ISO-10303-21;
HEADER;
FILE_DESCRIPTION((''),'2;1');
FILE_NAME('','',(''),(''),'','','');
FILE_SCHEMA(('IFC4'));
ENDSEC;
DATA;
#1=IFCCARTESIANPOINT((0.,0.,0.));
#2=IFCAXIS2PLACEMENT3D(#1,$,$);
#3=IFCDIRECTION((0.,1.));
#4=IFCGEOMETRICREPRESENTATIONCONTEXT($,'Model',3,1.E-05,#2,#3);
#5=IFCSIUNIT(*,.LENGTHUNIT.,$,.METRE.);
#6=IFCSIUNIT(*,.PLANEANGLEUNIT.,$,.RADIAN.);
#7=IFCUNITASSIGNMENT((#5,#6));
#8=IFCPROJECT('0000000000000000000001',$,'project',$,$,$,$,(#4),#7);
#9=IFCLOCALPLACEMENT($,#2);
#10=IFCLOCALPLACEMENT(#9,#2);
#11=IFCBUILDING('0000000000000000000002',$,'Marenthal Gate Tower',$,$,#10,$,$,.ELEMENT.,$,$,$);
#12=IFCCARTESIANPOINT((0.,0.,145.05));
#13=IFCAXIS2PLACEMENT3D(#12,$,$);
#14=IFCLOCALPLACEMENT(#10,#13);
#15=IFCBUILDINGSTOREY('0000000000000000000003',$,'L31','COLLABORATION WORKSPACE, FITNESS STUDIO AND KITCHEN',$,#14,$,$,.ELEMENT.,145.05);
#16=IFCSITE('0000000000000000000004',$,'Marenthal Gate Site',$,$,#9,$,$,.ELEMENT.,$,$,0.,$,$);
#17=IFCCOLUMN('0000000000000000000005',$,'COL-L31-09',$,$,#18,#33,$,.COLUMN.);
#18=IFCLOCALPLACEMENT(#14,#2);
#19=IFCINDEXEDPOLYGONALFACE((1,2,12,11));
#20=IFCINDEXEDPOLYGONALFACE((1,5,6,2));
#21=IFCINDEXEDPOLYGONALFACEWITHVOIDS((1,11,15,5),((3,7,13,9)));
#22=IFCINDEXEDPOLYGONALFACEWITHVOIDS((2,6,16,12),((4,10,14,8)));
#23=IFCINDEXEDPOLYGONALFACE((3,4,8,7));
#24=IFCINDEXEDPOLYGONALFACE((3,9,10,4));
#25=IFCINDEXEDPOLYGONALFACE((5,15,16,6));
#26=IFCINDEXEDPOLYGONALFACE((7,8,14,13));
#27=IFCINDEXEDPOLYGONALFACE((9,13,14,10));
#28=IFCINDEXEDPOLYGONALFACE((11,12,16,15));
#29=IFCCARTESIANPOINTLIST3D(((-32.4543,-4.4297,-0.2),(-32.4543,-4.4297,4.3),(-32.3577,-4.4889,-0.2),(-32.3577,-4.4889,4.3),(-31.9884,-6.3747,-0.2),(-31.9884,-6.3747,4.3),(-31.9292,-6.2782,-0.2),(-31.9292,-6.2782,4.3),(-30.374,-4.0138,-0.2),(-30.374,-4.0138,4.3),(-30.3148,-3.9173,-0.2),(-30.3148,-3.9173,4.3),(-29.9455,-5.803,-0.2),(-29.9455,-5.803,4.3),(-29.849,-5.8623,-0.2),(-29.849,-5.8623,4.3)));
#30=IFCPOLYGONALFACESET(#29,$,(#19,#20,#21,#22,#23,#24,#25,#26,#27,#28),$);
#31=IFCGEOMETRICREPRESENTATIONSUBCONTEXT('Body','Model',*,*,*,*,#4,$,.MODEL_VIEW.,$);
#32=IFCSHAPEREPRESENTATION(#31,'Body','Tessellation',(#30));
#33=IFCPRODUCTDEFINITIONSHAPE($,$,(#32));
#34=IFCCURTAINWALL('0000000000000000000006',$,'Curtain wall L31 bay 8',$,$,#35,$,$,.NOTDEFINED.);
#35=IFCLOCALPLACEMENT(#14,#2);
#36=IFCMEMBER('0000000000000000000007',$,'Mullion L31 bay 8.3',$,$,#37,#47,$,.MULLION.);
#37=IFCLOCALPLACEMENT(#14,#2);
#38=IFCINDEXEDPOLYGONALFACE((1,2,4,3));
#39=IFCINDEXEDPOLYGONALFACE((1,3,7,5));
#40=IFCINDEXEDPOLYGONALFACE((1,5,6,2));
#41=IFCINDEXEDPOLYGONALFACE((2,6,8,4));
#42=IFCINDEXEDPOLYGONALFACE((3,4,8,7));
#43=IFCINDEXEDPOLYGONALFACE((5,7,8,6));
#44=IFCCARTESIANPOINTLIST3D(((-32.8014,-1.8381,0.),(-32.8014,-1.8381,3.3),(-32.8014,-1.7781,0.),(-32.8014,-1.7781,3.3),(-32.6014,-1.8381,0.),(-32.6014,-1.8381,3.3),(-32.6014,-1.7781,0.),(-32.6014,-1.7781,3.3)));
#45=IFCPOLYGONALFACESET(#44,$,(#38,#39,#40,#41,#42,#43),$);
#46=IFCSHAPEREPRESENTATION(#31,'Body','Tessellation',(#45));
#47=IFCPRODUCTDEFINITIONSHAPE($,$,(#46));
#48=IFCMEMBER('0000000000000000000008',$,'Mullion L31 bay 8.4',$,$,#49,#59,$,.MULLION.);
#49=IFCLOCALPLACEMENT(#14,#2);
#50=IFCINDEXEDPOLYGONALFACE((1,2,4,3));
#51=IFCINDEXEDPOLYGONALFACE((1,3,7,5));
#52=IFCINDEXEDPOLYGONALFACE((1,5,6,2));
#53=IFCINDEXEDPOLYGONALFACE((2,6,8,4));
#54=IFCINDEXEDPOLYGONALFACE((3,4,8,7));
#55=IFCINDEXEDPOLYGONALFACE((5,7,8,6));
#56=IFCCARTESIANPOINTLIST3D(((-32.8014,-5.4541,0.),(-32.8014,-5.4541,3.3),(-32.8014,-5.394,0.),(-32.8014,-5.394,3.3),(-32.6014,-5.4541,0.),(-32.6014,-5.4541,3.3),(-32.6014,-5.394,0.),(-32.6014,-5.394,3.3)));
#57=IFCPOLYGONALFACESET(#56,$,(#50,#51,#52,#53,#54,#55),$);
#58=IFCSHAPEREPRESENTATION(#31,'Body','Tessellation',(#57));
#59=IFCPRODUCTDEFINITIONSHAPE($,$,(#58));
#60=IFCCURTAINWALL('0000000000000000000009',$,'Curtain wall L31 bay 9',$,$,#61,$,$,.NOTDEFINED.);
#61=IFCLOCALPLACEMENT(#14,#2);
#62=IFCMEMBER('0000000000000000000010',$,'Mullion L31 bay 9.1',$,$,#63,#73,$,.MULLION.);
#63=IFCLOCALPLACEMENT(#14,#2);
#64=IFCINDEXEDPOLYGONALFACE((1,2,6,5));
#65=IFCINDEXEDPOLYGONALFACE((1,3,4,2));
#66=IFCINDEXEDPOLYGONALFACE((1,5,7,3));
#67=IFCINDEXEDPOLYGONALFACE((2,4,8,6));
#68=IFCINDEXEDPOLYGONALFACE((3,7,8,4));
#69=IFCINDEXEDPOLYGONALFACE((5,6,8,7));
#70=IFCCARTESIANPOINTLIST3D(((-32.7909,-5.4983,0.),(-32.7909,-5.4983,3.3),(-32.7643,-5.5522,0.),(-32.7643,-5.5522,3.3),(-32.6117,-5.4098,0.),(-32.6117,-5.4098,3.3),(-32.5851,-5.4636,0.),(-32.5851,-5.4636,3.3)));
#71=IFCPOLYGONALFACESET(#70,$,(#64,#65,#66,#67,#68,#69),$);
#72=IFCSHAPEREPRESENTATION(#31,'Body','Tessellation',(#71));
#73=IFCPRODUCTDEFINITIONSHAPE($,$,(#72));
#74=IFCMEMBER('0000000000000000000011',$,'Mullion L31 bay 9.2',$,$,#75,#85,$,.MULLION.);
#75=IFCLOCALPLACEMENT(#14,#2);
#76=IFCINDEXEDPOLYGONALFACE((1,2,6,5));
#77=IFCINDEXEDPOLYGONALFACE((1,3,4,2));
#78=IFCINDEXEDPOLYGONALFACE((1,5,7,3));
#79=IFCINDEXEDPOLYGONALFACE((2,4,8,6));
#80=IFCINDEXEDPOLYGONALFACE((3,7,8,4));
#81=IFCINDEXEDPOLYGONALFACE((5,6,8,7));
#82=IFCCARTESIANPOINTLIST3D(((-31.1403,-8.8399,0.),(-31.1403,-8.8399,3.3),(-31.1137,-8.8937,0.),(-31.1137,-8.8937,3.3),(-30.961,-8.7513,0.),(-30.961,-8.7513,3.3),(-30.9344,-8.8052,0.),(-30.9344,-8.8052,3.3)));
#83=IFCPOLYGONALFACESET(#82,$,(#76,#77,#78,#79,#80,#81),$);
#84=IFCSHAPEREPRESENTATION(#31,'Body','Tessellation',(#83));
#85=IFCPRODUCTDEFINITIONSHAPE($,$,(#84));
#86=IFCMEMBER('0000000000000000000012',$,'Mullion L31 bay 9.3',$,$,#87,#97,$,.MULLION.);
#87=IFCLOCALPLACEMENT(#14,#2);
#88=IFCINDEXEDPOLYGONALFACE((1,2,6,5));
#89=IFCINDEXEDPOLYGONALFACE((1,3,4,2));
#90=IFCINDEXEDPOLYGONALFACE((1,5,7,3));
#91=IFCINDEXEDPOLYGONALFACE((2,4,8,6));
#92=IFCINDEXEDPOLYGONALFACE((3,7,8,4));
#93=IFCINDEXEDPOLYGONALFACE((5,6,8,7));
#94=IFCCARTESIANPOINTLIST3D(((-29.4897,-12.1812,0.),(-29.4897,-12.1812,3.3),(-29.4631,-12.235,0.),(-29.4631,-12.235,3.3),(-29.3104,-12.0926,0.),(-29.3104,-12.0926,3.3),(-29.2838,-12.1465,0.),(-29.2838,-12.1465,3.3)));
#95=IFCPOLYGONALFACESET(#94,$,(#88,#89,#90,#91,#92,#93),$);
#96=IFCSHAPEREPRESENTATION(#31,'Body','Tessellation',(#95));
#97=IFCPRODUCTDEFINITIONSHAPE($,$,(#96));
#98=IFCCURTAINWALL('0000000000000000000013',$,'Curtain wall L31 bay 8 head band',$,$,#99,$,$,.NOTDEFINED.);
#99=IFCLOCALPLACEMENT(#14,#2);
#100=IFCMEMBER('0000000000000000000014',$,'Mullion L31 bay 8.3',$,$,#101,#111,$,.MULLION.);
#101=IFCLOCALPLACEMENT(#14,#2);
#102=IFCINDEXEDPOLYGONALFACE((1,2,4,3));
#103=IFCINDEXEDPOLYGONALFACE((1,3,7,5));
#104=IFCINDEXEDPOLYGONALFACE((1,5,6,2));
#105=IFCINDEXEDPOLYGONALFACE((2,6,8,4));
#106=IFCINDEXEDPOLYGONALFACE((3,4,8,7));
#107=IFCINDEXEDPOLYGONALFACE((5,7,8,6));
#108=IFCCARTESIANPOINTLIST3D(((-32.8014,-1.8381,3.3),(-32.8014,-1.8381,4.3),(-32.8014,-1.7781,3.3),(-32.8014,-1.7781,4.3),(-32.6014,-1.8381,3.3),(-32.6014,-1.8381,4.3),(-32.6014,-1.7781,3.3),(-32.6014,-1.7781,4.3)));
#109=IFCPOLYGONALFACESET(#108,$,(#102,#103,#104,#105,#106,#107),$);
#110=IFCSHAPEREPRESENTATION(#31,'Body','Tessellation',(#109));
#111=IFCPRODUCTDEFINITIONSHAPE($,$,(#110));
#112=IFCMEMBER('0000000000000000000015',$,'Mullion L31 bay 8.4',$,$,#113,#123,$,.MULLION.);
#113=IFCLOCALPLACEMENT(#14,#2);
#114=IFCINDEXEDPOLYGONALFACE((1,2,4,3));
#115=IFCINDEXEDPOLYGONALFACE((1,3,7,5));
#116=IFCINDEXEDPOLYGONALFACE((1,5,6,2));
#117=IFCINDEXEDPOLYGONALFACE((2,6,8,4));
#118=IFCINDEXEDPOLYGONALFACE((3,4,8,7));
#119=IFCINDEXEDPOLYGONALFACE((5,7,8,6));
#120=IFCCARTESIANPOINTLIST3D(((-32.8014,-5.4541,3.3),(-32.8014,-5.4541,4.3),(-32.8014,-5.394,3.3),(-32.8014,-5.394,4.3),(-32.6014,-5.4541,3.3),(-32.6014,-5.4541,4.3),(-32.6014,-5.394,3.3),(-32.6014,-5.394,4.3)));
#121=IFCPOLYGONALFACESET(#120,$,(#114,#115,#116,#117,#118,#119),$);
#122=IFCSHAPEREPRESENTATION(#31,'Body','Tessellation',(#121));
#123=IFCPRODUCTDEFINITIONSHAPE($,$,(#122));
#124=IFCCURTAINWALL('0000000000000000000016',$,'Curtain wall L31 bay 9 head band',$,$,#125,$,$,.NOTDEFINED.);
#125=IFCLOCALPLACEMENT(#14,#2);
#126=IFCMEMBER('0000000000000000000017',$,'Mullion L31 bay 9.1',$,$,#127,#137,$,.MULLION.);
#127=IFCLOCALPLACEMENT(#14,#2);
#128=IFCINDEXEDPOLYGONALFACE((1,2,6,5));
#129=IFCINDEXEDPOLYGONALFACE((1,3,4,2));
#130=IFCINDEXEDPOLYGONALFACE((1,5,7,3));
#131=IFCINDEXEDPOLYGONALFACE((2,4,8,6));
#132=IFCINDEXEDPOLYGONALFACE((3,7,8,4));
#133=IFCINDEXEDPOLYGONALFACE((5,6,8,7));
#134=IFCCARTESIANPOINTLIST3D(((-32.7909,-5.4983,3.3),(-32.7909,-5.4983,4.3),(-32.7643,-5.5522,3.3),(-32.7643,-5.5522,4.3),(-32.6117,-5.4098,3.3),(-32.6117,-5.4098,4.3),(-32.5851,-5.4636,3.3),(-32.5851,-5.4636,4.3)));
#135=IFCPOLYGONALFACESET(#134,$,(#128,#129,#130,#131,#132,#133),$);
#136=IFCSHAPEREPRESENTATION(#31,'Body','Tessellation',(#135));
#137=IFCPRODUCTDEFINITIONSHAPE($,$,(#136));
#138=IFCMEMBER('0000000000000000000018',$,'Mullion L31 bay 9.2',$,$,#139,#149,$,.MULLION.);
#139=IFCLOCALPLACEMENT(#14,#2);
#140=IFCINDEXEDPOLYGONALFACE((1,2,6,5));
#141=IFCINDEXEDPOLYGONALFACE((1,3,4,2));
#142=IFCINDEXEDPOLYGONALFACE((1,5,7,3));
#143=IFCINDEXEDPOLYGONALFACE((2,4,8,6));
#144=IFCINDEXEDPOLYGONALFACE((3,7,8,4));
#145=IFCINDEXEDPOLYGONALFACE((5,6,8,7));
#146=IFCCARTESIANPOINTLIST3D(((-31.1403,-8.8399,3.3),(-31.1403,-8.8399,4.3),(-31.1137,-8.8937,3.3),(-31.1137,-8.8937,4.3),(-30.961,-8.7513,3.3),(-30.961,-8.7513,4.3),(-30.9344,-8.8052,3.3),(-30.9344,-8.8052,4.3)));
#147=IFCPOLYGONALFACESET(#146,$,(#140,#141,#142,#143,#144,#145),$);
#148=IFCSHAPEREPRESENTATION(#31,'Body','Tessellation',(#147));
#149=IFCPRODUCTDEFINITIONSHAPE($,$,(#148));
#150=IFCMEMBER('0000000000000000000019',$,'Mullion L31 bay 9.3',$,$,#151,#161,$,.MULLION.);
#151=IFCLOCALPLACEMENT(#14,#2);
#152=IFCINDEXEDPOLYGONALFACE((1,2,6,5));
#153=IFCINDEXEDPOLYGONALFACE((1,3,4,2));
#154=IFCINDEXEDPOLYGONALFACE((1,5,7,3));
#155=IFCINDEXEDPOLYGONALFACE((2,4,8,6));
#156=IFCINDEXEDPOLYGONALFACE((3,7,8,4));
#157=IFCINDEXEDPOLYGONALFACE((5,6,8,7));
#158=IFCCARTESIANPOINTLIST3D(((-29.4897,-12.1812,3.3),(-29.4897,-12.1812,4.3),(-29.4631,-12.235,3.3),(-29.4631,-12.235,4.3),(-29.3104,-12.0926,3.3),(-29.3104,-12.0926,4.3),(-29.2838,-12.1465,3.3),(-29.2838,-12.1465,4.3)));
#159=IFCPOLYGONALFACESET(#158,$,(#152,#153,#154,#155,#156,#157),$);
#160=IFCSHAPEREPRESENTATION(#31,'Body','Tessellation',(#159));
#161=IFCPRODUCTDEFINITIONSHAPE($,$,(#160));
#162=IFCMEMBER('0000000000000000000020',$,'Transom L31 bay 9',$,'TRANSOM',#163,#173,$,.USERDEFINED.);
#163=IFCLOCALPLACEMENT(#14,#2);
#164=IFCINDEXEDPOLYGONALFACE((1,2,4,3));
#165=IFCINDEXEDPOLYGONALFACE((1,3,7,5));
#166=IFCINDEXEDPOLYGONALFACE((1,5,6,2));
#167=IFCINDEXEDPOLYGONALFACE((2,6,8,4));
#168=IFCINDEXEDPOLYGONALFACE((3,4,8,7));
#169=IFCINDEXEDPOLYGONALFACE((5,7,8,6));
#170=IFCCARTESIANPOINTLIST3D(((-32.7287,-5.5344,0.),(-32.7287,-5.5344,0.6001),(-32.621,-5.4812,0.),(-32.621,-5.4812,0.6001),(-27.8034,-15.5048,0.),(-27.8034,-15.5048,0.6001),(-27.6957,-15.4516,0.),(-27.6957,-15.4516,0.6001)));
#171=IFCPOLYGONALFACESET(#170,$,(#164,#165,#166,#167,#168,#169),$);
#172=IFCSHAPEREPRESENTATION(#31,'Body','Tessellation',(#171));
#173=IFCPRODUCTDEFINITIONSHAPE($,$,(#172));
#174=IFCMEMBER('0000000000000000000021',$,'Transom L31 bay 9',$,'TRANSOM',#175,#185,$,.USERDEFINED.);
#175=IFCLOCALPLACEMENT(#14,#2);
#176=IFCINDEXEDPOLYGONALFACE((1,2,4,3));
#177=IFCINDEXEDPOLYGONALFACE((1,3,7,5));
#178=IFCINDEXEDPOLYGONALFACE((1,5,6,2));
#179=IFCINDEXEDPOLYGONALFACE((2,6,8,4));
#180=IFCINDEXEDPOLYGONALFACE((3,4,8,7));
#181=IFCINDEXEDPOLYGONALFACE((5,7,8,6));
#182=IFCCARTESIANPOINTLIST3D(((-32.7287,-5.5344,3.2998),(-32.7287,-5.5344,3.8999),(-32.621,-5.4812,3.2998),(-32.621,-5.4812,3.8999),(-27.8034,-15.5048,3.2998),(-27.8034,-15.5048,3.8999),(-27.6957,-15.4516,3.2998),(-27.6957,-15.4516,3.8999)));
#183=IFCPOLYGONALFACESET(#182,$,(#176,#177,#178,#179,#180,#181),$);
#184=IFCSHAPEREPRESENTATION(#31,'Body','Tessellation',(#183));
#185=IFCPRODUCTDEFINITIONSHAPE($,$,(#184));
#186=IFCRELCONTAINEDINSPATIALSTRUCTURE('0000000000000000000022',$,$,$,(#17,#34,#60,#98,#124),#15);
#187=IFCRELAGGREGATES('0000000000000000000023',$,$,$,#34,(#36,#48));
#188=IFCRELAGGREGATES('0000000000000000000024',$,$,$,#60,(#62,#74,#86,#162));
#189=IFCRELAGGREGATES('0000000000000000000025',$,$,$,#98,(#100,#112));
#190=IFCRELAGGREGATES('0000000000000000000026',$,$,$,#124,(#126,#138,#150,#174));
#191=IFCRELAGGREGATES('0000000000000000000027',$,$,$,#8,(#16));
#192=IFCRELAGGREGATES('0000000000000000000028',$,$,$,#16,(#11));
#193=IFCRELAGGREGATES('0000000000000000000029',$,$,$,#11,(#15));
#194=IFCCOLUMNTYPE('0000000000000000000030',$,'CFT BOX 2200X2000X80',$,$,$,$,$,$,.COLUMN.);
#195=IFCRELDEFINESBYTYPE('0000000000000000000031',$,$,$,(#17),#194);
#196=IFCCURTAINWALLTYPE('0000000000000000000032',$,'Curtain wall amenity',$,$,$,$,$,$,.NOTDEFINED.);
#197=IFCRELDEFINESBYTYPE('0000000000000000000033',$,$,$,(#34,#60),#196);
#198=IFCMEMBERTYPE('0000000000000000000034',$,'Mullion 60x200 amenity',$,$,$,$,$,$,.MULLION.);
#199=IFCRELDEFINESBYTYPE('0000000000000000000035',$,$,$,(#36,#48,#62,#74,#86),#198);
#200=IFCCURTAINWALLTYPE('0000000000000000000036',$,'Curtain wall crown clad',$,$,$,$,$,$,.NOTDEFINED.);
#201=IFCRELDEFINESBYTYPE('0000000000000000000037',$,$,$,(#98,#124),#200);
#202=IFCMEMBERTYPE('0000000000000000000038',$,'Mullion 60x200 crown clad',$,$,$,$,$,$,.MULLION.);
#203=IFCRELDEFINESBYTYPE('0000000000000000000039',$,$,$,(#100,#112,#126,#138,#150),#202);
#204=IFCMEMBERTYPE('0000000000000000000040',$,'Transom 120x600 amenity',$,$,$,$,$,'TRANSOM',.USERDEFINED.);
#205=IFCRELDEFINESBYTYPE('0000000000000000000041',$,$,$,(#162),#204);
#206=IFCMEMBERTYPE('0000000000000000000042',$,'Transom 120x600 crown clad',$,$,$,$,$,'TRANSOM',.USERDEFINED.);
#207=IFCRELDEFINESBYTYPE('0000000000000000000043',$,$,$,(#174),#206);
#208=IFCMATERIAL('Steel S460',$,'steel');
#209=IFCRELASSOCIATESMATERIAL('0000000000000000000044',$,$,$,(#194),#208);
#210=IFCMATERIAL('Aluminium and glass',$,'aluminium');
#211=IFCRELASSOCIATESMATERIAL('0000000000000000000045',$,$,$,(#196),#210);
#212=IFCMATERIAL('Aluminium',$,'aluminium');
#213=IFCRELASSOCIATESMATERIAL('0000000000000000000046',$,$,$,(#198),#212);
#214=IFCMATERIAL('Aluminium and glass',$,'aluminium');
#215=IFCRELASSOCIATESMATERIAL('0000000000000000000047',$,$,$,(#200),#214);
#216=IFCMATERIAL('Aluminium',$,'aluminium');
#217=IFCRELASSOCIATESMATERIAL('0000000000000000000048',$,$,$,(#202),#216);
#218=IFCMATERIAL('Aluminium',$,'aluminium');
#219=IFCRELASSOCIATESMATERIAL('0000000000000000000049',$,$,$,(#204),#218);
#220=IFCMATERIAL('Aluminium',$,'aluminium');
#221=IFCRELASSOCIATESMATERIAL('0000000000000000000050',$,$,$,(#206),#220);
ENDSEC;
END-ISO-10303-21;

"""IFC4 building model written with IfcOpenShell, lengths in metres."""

from ifc_helpers import new_model, si_unit, direction, frame, origin, origin_2d, place, context, subcontext, project, spatial, rectangle, hollow_rectangle, extrude, material, material_profile, profile_set, type_object, element, aggregate, save


model = new_model("IFC4")

# Units and contexts
model_context = context("Model", 3, precision=1e-05, world=origin(), true_north=direction((0.0, 1.0)))
body_context = subcontext(model_context, "Body", "Model", "MODEL_VIEW")
ifc_project = project(units=[si_unit("LENGTHUNIT", "METRE"), si_unit("PLANEANGLEUNIT", "RADIAN")], contexts=[model_context])

# Site, building, storey
site_placement = place(None, origin())
site = spatial("IfcSite", under=ifc_project, at=site_placement, Name="Marenthal Gate Site", CompositionType="ELEMENT", RefElevation=0.0)
building_placement = place(site_placement, origin())
building = spatial("IfcBuilding", under=site, at=building_placement, Name="Marenthal Gate Tower", CompositionType="ELEMENT")
storey_placement = place(building_placement, frame((0.0, 0.0, 145.05)))
storey = spatial("IfcBuildingStorey", under=building, at=storey_placement, Name="L31", Description="COLLABORATION WORKSPACE, FITNESS STUDIO AND KITCHEN", CompositionType="ELEMENT", Elevation=145.05)

# Column
ifc_material_1 = material(Name="Steel S460", Category="steel")
ifc_material_profile_1 = material_profile(ifc_material_1, hollow_rectangle(XDim=2.0, YDim=2.2, WallThickness=0.0801, at=origin_2d()), Name="CFT BOX 2200X2000X80")
ifc_material_2 = material(Name="Concrete 70 MPa", Category="concrete")
ifc_material_profile_2 = material_profile(ifc_material_2, rectangle(XDim=1.8401, YDim=2.04, at=origin_2d()), Name="CFT BOX 2200X2000X80 INFILL")
ifc_profile_set_1 = profile_set([ifc_material_profile_1, ifc_material_profile_2], Name="Steel S460 shell, Concrete 70 MPa infill")
column_type = type_object("IfcColumnType", Name="CFT BOX 2200X2000X80", PredefinedType="COLUMN", material=ifc_profile_set_1)
column_placement = place(storey_placement, frame((-31.1516, -5.146, -0.2), z_axis=(0.0, 0.0, 1.0), x_axis=(-0.232933, 0.972493, 0.0)))
element("IfcColumn", 1, at=column_placement, inside=storey, type_object=column_type, Name="COL-L31-09", PredefinedType="COLUMN", context=body_context, shape_type="SweptSolid", body=[
    extrude(hollow_rectangle(XDim=2.0, YDim=2.2, WallThickness=0.0801, at=origin_2d()), origin(), (0.0, 0.0, 1.0), 4.5),
])

# Curtain walls, members
ifc_material_3 = material(Name="Aluminium and glass", Category="aluminium")
curtain_wall_type_1 = type_object("IfcCurtainWallType", Name="Curtain wall amenity", PredefinedType="NOTDEFINED", material=ifc_material_3)
curtain_wall_1_placement = place(storey_placement, origin())
curtain_wall_1 = element("IfcCurtainWall", 2, at=curtain_wall_1_placement, inside=storey, type_object=curtain_wall_type_1, Name="Curtain wall L31 bay 8", PredefinedType="NOTDEFINED")
ifc_material_4 = material(Name="Aluminium", Category="aluminium")
ifc_material_profile_3 = material_profile(ifc_material_4, rectangle(XDim=0.2, YDim=0.0601, at=origin_2d()), Name="60x200 aluminium mullion")
ifc_profile_set_2 = profile_set([ifc_material_profile_3], Name="Aluminium")
member_type_1 = type_object("IfcMemberType", Name="Mullion 60x200 amenity", PredefinedType="MULLION", material=ifc_profile_set_2)
member_1_placement = place(storey_placement, frame((-32.7014, -1.8081, 0.0), z_axis=(0.0, 0.0, 1.0), x_axis=(1.0, 0.0, 0.0)))
member_1 = element("IfcMember", 3, at=member_1_placement, type_object=member_type_1, Name="Mullion L31 bay 8.3", PredefinedType="MULLION", context=body_context, shape_type="SweptSolid", body=[
    extrude(rectangle(XDim=0.2, YDim=0.0601, at=origin_2d()), origin(), (0.0, 0.0, 1.0), 3.3),
])
member_2_placement = place(storey_placement, frame((-32.7014, -5.4241, 0.0), z_axis=(0.0, 0.0, 1.0), x_axis=(1.0, 0.0, 0.0)))
member_2 = element("IfcMember", 4, at=member_2_placement, type_object=member_type_1, Name="Mullion L31 bay 8.4", PredefinedType="MULLION", context=body_context, shape_type="SweptSolid", body=[
    extrude(rectangle(XDim=0.2, YDim=0.0601, at=origin_2d()), origin(), (0.0, 0.0, 1.0), 3.3),
])
curtain_wall_2_placement = place(storey_placement, origin())
curtain_wall_2 = element("IfcCurtainWall", 5, at=curtain_wall_2_placement, inside=storey, type_object=curtain_wall_type_1, Name="Curtain wall L31 bay 9", PredefinedType="NOTDEFINED")
member_3_placement = place(storey_placement, frame((-32.688, -5.481, 0.0), z_axis=(0.0, 0.0, 1.0), x_axis=(0.896573, 0.442895, 0.0)))
member_3 = element("IfcMember", 6, at=member_3_placement, type_object=member_type_1, Name="Mullion L31 bay 9.1", PredefinedType="MULLION", context=body_context, shape_type="SweptSolid", body=[
    extrude(rectangle(XDim=0.2, YDim=0.0601, at=origin_2d()), origin(), (0.0, 0.0, 1.0), 3.3),
])
member_4_placement = place(storey_placement, frame((-31.0374, -8.8225, 0.0), z_axis=(0.0, 0.0, 1.0), x_axis=(0.896573, 0.442895, 0.0)))
member_4 = element("IfcMember", 7, at=member_4_placement, type_object=member_type_1, Name="Mullion L31 bay 9.2", PredefinedType="MULLION", context=body_context, shape_type="SweptSolid", body=[
    extrude(rectangle(XDim=0.2, YDim=0.0601, at=origin_2d()), origin(), (0.0, 0.0, 1.0), 3.3),
])
member_5_placement = place(storey_placement, frame((-29.3867, -12.1638, 0.0), z_axis=(0.0, 0.0, 1.0), x_axis=(0.896573, 0.442895, 0.0)))
member_5 = element("IfcMember", 8, at=member_5_placement, type_object=member_type_1, Name="Mullion L31 bay 9.3", PredefinedType="MULLION", context=body_context, shape_type="SweptSolid", body=[
    extrude(rectangle(XDim=0.2, YDim=0.0601, at=origin_2d()), origin(), (0.0, 0.0, 1.0), 3.3),
])
ifc_material_5 = material(Name="Aluminium and glass", Category="aluminium")
curtain_wall_type_2 = type_object("IfcCurtainWallType", Name="Curtain wall crown clad", PredefinedType="NOTDEFINED", material=ifc_material_5)
curtain_wall_3_placement = place(storey_placement, origin())
curtain_wall_3 = element("IfcCurtainWall", 9, at=curtain_wall_3_placement, inside=storey, type_object=curtain_wall_type_2, Name="Curtain wall L31 bay 8 head band", PredefinedType="NOTDEFINED")
ifc_material_6 = material(Name="Aluminium", Category="aluminium")
ifc_material_profile_4 = material_profile(ifc_material_6, rectangle(XDim=0.2, YDim=0.0601, at=origin_2d()), Name="60x200 aluminium mullion")
ifc_profile_set_3 = profile_set([ifc_material_profile_4], Name="Aluminium")
member_type_2 = type_object("IfcMemberType", Name="Mullion 60x200 crown clad", PredefinedType="MULLION", material=ifc_profile_set_3)
member_6_placement = place(storey_placement, frame((-32.7014, -1.8081, 3.3), z_axis=(0.0, 0.0, 1.0), x_axis=(1.0, 0.0, 0.0)))
member_6 = element("IfcMember", 10, at=member_6_placement, type_object=member_type_2, Name="Mullion L31 bay 8.3", PredefinedType="MULLION", context=body_context, shape_type="SweptSolid", body=[
    extrude(rectangle(XDim=0.2, YDim=0.0601, at=origin_2d()), origin(), (0.0, 0.0, 1.0), 1.0),
])
member_7_placement = place(storey_placement, frame((-32.7014, -5.4241, 3.3), z_axis=(0.0, 0.0, 1.0), x_axis=(1.0, 0.0, 0.0)))
member_7 = element("IfcMember", 11, at=member_7_placement, type_object=member_type_2, Name="Mullion L31 bay 8.4", PredefinedType="MULLION", context=body_context, shape_type="SweptSolid", body=[
    extrude(rectangle(XDim=0.2, YDim=0.0601, at=origin_2d()), origin(), (0.0, 0.0, 1.0), 1.0),
])
curtain_wall_4_placement = place(storey_placement, origin())
curtain_wall_4 = element("IfcCurtainWall", 12, at=curtain_wall_4_placement, inside=storey, type_object=curtain_wall_type_2, Name="Curtain wall L31 bay 9 head band", PredefinedType="NOTDEFINED")
member_8_placement = place(storey_placement, frame((-32.688, -5.481, 3.3), z_axis=(0.0, 0.0, 1.0), x_axis=(0.896573, 0.442895, 0.0)))
member_8 = element("IfcMember", 13, at=member_8_placement, type_object=member_type_2, Name="Mullion L31 bay 9.1", PredefinedType="MULLION", context=body_context, shape_type="SweptSolid", body=[
    extrude(rectangle(XDim=0.2, YDim=0.0601, at=origin_2d()), origin(), (0.0, 0.0, 1.0), 1.0),
])
member_9_placement = place(storey_placement, frame((-31.0374, -8.8225, 3.3), z_axis=(0.0, 0.0, 1.0), x_axis=(0.896573, 0.442895, 0.0)))
member_9 = element("IfcMember", 14, at=member_9_placement, type_object=member_type_2, Name="Mullion L31 bay 9.2", PredefinedType="MULLION", context=body_context, shape_type="SweptSolid", body=[
    extrude(rectangle(XDim=0.2, YDim=0.0601, at=origin_2d()), origin(), (0.0, 0.0, 1.0), 1.0),
])
member_10_placement = place(storey_placement, frame((-29.3867, -12.1638, 3.3), z_axis=(0.0, 0.0, 1.0), x_axis=(0.896573, 0.442895, 0.0)))
member_10 = element("IfcMember", 15, at=member_10_placement, type_object=member_type_2, Name="Mullion L31 bay 9.3", PredefinedType="MULLION", context=body_context, shape_type="SweptSolid", body=[
    extrude(rectangle(XDim=0.2, YDim=0.0601, at=origin_2d()), origin(), (0.0, 0.0, 1.0), 1.0),
])

# Members
ifc_material_7 = material(Name="Aluminium", Category="aluminium")
ifc_material_profile_5 = material_profile(ifc_material_7, rectangle(XDim=0.1201, YDim=0.6001, at=origin_2d()), Name="120x600 aluminium transom")
ifc_profile_set_4 = profile_set([ifc_material_profile_5], Name="Aluminium")
member_type_3 = type_object("IfcMemberType", Name="Transom 120x600 amenity", ElementType="TRANSOM", PredefinedType="USERDEFINED", material=ifc_profile_set_4)
member_11_placement = place(storey_placement, frame((-32.6748, -5.5078, 0.3), z_axis=(0.442897, -0.896573, 0.0), x_axis=(0.896573, 0.442897, 0.0)))
member_11 = element("IfcMember", 16, at=member_11_placement, type_object=member_type_3, Name="Transom L31 bay 9", ObjectType="TRANSOM", PredefinedType="USERDEFINED", context=body_context, shape_type="SweptSolid", body=[
    extrude(rectangle(XDim=0.1201, YDim=0.6001, at=origin_2d()), origin(), (0.0, 0.0, 1.0), 11.1206),
])
ifc_material_8 = material(Name="Aluminium", Category="aluminium")
ifc_material_profile_6 = material_profile(ifc_material_8, rectangle(XDim=0.1201, YDim=0.6001, at=origin_2d()), Name="120x600 aluminium transom")
ifc_profile_set_5 = profile_set([ifc_material_profile_6], Name="Aluminium")
member_type_4 = type_object("IfcMemberType", Name="Transom 120x600 crown clad", ElementType="TRANSOM", PredefinedType="USERDEFINED", material=ifc_profile_set_5)
member_12_placement = place(storey_placement, frame((-32.6748, -5.5078, 3.5999), z_axis=(0.442897, -0.896573, 0.0), x_axis=(0.896573, 0.442897, 0.0)))
member_12 = element("IfcMember", 17, at=member_12_placement, type_object=member_type_4, Name="Transom L31 bay 9", ObjectType="TRANSOM", PredefinedType="USERDEFINED", context=body_context, shape_type="SweptSolid", body=[
    extrude(rectangle(XDim=0.1201, YDim=0.6001, at=origin_2d()), origin(), (0.0, 0.0, 1.0), 11.1206),
])

aggregate(curtain_wall_1, [member_1, member_2])
aggregate(curtain_wall_2, [member_3, member_4, member_5, member_11])
aggregate(curtain_wall_3, [member_6, member_7])
aggregate(curtain_wall_4, [member_8, member_9, member_10, member_12])

save(model, "model.ifc")
